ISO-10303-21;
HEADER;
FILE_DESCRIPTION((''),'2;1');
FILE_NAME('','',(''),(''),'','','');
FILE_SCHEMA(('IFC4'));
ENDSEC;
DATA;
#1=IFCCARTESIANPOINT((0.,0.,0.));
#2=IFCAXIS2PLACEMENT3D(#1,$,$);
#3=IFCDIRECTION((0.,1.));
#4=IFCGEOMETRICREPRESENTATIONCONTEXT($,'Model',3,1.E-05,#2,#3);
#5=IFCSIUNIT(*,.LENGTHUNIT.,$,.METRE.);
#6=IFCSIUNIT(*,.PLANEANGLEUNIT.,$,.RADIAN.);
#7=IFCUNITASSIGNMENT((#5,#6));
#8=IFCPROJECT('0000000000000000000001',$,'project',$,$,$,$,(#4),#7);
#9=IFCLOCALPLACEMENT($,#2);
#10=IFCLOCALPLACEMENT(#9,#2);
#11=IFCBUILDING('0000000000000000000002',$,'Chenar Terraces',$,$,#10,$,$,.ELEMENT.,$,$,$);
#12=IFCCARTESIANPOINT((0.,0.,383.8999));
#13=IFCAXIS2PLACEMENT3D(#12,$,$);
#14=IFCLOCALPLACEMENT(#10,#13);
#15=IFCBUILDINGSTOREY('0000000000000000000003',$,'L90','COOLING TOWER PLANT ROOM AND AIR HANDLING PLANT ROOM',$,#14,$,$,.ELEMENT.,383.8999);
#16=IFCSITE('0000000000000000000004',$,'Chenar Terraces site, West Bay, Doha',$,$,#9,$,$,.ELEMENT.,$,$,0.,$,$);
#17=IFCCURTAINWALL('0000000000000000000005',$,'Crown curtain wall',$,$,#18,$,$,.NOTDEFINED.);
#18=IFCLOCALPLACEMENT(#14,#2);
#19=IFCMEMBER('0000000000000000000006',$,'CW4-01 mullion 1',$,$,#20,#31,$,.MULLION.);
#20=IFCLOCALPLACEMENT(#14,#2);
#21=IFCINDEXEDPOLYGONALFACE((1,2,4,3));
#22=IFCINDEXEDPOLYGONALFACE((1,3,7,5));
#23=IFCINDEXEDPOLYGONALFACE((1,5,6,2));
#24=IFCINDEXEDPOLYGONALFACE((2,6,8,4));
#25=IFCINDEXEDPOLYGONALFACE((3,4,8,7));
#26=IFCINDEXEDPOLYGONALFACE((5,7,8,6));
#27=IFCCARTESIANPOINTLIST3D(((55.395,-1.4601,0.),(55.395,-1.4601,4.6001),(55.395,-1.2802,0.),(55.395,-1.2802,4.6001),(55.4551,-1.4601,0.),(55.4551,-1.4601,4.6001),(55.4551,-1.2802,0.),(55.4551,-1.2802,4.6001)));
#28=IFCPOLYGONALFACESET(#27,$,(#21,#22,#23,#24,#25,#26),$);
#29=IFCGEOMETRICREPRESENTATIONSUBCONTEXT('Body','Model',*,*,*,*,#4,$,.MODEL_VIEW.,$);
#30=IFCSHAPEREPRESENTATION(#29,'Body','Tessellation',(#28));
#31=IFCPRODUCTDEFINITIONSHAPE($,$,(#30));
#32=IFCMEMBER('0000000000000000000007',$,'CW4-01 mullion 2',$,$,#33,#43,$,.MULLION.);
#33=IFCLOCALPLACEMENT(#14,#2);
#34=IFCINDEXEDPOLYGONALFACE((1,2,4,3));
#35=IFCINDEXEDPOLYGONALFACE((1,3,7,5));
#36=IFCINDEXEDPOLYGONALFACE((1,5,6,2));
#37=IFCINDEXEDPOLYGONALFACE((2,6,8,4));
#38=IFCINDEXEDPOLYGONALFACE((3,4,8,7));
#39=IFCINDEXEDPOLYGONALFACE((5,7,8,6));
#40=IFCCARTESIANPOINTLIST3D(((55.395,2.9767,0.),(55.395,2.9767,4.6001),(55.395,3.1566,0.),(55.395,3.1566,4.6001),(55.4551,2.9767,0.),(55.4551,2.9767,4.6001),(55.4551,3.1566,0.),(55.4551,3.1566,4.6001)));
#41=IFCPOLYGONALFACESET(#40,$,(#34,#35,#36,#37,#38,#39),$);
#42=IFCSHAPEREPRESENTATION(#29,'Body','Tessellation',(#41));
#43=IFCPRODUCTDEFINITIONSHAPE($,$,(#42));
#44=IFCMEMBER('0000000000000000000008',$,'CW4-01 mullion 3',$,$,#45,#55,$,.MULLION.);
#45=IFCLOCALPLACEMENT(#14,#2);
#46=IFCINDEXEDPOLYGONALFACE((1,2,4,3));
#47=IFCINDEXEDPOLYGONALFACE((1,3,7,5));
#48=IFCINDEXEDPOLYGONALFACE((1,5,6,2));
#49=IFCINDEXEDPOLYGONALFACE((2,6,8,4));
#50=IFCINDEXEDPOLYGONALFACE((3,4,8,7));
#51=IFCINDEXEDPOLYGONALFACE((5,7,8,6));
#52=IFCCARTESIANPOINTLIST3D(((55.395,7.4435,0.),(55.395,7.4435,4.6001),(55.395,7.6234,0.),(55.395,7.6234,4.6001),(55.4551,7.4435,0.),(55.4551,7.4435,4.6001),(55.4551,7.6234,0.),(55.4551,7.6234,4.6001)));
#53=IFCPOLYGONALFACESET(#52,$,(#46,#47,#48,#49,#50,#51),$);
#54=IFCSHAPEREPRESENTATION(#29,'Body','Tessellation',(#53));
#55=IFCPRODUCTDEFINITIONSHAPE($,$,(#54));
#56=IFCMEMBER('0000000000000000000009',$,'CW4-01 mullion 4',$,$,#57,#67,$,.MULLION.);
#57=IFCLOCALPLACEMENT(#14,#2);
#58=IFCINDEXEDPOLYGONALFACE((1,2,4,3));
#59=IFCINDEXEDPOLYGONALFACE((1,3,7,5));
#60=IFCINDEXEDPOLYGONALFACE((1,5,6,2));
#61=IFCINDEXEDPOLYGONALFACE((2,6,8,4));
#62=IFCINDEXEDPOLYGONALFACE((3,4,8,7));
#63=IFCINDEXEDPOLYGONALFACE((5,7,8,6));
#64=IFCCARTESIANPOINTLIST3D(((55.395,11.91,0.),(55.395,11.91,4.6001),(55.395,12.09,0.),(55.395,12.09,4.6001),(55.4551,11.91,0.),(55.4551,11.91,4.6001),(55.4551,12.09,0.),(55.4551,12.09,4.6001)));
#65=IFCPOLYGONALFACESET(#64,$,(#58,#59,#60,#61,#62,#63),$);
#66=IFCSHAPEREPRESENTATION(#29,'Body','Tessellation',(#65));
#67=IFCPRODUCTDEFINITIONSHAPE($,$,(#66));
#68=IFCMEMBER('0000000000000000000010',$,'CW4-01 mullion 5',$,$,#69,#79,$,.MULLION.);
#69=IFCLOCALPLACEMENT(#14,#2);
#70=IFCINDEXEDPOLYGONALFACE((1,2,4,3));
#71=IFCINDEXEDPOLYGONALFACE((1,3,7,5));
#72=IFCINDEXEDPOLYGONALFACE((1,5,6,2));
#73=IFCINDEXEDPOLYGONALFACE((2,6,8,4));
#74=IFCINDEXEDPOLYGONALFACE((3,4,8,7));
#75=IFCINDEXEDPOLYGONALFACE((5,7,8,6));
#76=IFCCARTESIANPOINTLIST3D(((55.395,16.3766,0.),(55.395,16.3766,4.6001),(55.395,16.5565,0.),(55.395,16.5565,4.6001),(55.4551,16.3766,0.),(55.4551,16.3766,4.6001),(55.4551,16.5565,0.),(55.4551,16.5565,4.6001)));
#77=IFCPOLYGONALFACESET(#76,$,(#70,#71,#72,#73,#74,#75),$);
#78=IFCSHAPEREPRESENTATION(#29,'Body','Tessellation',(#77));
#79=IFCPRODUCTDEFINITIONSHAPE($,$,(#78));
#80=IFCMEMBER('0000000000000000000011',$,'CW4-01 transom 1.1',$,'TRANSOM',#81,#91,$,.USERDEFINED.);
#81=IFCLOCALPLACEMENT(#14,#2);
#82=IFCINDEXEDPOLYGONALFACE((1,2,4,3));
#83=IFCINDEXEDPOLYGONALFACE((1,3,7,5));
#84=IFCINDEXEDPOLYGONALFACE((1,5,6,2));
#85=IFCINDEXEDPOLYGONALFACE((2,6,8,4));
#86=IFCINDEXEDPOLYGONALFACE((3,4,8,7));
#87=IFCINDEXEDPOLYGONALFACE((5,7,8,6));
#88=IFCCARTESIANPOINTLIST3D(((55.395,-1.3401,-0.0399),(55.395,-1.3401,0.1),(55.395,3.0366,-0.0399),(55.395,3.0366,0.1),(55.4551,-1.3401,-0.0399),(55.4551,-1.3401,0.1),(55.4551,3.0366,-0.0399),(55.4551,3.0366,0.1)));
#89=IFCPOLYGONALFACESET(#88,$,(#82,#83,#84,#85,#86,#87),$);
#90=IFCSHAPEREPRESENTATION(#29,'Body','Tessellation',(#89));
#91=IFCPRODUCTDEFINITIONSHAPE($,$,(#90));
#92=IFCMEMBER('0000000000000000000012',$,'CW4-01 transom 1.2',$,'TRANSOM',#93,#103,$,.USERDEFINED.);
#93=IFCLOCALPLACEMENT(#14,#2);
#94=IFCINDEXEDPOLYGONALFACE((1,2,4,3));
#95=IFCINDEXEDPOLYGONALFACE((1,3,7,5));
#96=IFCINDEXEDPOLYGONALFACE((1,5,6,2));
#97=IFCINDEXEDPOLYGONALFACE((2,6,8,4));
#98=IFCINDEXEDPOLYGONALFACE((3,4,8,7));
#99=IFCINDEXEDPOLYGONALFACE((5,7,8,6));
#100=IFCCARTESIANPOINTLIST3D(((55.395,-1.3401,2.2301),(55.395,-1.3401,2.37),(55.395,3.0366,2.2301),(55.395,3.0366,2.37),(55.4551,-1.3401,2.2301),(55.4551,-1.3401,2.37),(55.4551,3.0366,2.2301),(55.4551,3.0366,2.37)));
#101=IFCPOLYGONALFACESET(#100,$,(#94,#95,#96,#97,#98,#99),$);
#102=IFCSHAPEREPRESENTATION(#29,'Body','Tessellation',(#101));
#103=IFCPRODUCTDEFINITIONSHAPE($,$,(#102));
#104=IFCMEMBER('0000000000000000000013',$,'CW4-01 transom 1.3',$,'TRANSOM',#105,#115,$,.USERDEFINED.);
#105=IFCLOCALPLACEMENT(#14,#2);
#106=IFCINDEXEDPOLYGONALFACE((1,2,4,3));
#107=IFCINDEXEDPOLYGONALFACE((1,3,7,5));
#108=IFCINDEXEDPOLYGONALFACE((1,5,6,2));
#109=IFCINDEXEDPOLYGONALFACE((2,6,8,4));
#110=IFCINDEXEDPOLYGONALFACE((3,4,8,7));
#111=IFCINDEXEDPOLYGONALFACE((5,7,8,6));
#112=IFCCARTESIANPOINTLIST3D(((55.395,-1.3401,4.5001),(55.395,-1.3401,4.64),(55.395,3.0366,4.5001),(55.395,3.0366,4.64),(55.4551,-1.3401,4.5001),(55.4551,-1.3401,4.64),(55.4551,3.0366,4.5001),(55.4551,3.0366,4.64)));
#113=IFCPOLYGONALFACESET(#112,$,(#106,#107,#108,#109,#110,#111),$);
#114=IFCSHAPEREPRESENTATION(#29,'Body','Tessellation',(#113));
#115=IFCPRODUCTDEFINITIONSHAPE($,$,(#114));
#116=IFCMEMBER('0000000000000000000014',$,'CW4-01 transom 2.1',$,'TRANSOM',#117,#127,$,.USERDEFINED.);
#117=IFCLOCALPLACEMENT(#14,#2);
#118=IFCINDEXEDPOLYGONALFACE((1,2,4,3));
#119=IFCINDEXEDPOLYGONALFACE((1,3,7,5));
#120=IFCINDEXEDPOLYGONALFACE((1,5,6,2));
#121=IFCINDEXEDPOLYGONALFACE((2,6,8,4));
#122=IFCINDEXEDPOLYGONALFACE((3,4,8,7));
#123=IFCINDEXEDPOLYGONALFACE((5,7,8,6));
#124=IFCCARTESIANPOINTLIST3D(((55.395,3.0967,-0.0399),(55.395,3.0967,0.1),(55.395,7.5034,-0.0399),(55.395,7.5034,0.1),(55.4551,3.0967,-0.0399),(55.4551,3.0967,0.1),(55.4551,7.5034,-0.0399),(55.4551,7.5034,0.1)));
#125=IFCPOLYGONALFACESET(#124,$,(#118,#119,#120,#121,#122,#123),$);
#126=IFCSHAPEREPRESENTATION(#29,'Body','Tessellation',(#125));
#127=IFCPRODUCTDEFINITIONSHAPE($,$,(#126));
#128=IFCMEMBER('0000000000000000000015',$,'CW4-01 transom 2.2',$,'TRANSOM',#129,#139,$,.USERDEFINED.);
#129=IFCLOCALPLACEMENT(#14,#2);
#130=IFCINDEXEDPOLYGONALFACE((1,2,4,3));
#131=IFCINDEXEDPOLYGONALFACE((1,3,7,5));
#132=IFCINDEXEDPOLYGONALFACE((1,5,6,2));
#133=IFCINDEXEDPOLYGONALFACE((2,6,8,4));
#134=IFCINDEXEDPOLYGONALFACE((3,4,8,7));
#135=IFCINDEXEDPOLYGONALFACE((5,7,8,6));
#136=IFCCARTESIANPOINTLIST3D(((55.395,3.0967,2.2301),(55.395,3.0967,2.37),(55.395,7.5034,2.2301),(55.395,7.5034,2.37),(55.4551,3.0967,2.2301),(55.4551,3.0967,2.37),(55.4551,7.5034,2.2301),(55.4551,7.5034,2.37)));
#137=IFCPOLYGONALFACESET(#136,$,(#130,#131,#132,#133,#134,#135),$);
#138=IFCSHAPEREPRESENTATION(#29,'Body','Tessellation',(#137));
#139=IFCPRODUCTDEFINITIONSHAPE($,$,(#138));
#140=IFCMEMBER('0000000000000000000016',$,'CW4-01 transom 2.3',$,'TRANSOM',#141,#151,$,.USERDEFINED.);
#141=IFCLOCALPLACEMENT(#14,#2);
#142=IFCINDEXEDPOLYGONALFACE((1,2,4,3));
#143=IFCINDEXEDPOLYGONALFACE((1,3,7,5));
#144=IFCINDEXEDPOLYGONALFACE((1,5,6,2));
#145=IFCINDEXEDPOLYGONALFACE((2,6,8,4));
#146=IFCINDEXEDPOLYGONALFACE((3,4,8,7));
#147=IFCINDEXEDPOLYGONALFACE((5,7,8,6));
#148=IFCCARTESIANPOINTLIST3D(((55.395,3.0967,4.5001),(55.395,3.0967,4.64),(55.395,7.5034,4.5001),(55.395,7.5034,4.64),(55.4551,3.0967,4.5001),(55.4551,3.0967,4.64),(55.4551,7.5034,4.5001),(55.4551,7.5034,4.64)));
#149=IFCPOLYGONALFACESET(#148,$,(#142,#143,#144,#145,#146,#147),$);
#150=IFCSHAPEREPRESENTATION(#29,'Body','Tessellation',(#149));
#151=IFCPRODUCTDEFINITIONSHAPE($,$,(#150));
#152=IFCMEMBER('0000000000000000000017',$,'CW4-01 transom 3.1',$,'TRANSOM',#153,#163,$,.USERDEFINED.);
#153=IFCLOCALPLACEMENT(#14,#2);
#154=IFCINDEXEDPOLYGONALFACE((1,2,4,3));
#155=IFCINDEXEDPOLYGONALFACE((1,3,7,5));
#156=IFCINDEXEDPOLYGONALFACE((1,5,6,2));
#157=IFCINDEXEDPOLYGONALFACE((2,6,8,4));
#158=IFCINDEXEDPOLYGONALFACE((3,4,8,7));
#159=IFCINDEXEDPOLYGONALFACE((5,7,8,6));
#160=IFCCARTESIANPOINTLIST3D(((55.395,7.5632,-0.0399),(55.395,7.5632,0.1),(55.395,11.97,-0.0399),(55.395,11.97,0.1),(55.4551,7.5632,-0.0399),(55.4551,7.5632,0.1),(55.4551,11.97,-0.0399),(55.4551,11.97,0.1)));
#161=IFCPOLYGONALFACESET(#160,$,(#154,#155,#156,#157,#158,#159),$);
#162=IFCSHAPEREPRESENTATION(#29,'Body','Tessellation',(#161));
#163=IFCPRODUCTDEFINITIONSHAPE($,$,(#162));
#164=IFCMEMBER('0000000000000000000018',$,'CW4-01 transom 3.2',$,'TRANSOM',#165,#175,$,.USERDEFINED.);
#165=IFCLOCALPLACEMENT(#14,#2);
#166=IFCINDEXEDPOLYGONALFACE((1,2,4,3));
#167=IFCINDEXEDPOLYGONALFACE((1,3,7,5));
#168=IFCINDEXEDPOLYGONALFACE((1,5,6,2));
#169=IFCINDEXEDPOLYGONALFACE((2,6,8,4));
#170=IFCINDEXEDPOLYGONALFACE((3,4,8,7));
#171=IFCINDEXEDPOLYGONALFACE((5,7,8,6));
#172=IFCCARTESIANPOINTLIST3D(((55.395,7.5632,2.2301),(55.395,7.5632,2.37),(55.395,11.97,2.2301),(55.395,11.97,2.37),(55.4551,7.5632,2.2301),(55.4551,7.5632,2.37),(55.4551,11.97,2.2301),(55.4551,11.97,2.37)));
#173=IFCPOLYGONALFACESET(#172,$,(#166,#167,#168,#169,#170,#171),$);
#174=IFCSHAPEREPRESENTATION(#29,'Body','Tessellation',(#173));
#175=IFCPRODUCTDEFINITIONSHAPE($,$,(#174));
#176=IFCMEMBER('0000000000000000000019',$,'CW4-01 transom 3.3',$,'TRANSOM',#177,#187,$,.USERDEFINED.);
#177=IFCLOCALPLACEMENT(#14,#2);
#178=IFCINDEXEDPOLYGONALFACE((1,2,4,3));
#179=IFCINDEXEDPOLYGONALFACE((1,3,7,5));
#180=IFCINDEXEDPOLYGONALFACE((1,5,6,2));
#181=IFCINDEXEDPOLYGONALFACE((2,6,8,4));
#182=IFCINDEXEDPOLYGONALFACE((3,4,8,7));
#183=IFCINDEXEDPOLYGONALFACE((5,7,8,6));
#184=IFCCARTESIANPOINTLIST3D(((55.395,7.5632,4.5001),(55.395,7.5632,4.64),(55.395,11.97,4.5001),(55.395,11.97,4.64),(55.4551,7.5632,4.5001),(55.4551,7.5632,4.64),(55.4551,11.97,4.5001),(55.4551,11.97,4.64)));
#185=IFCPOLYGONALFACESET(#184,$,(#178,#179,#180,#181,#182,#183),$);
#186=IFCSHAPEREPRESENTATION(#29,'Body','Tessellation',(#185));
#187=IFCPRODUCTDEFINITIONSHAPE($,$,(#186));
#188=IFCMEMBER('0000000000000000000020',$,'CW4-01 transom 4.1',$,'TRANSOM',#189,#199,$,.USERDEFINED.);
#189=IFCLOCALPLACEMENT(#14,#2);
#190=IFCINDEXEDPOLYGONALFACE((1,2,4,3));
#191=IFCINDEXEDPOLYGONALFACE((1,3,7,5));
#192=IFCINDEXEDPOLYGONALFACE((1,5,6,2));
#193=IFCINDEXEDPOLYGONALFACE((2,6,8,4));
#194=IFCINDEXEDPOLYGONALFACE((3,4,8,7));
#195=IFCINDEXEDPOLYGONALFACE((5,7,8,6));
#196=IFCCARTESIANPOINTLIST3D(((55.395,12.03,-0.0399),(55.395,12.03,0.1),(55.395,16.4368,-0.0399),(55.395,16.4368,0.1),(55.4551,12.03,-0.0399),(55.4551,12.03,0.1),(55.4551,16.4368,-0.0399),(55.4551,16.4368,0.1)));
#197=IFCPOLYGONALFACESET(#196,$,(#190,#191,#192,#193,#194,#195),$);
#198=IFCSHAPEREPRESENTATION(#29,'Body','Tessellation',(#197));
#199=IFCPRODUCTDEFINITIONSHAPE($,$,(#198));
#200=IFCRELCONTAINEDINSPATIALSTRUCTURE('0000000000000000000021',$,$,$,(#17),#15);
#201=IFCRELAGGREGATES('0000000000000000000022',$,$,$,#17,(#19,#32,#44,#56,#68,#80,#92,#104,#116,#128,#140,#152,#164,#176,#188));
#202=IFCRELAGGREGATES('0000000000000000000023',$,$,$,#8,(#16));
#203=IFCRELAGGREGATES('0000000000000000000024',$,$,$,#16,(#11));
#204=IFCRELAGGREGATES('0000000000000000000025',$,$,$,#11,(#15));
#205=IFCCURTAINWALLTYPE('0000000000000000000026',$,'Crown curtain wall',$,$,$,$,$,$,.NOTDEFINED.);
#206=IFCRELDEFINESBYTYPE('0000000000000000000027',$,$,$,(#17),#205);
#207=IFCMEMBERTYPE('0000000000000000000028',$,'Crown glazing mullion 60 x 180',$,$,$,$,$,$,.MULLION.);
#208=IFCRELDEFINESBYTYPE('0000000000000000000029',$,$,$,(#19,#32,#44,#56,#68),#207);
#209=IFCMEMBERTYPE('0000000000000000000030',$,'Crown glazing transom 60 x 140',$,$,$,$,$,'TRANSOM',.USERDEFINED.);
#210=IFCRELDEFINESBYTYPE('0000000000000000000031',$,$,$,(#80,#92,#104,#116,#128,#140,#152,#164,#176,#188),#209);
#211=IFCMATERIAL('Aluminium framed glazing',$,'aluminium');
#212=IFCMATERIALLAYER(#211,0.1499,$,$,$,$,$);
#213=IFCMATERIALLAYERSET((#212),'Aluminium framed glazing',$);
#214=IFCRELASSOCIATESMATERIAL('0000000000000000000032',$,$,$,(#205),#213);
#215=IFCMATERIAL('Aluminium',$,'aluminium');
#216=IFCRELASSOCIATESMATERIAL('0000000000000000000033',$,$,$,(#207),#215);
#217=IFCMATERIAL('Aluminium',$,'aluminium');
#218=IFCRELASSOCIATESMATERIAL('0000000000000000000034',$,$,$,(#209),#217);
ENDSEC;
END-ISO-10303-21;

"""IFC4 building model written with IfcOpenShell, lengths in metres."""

from ifc_helpers import new_model, si_unit, direction, frame, origin, origin_2d, place, context, subcontext, project, spatial, rectangle, extrude, material, layer, layer_set, material_profile, profile_set, type_object, element, aggregate, save


model = new_model("IFC4")

# Units and contexts
model_context = context("Model", 3, precision=1e-05, world=origin(), true_north=direction((0.0, 1.0)))
body_context = subcontext(model_context, "Body", "Model", "MODEL_VIEW")
ifc_project = project(units=[si_unit("LENGTHUNIT", "METRE"), si_unit("PLANEANGLEUNIT", "RADIAN")], contexts=[model_context])

# Site, building, storey
site_placement = place(None, origin())
site = spatial("IfcSite", under=ifc_project, at=site_placement, Name="Chenar Terraces site, West Bay, Doha", CompositionType="ELEMENT", RefElevation=0.0)
building_placement = place(site_placement, origin())
building = spatial("IfcBuilding", under=site, at=building_placement, Name="Chenar Terraces", CompositionType="ELEMENT")
storey_placement = place(building_placement, frame((0.0, 0.0, 383.8999)))
storey = spatial("IfcBuildingStorey", under=building, at=storey_placement, Name="L90", Description="COOLING TOWER PLANT ROOM AND AIR HANDLING PLANT ROOM", CompositionType="ELEMENT", Elevation=383.8999)

# Curtain wall, members
ifc_material_1 = material(Name="Aluminium framed glazing", Category="aluminium")
ifc_layer_1 = layer(ifc_material_1, 0.1499)
ifc_layer_set_1 = layer_set([ifc_layer_1], Name="Aluminium framed glazing")
curtain_wall_type = type_object("IfcCurtainWallType", Name="Crown curtain wall", PredefinedType="NOTDEFINED", material=ifc_layer_set_1)
curtain_wall_placement = place(storey_placement, origin())
curtain_wall = element("IfcCurtainWall", 1, at=curtain_wall_placement, inside=storey, type_object=curtain_wall_type, Name="Crown curtain wall", PredefinedType="NOTDEFINED")
ifc_material_2 = material(Name="Aluminium", Category="aluminium")
ifc_material_profile_1 = material_profile(ifc_material_2, rectangle(XDim=0.0601, YDim=0.1799, at=origin_2d()), Name="Crown glazing mullion 60 x 180")
ifc_profile_set_1 = profile_set([ifc_material_profile_1], Name="Aluminium")
member_type_1 = type_object("IfcMemberType", Name="Crown glazing mullion 60 x 180", PredefinedType="MULLION", material=ifc_profile_set_1)
member_1_placement = place(storey_placement, frame((55.425, -1.3701, 0.0), z_axis=(0.0, 0.0, 1.0), x_axis=(-1.0, 0.0, 0.0)))
member_1 = element("IfcMember", 2, at=member_1_placement, type_object=member_type_1, Name="CW4-01 mullion 1", PredefinedType="MULLION", context=body_context, shape_type="SweptSolid", body=[
    extrude(rectangle(XDim=0.0601, YDim=0.1799, at=origin_2d()), origin(), (0.0, 0.0, 1.0), 4.6001),
])
member_2_placement = place(storey_placement, frame((55.425, 3.0667, 0.0), z_axis=(0.0, 0.0, 1.0), x_axis=(-1.0, 0.0, 0.0)))
member_2 = element("IfcMember", 3, at=member_2_placement, type_object=member_type_1, Name="CW4-01 mullion 2", PredefinedType="MULLION", context=body_context, shape_type="SweptSolid", body=[
    extrude(rectangle(XDim=0.0601, YDim=0.1799, at=origin_2d()), origin(), (0.0, 0.0, 1.0), 4.6001),
])
member_3_placement = place(storey_placement, frame((55.425, 7.5334, 0.0), z_axis=(0.0, 0.0, 1.0), x_axis=(-1.0, 0.0, 0.0)))
member_3 = element("IfcMember", 4, at=member_3_placement, type_object=member_type_1, Name="CW4-01 mullion 3", PredefinedType="MULLION", context=body_context, shape_type="SweptSolid", body=[
    extrude(rectangle(XDim=0.0601, YDim=0.1799, at=origin_2d()), origin(), (0.0, 0.0, 1.0), 4.6001),
])
member_4_placement = place(storey_placement, frame((55.425, 12.0, 0.0), z_axis=(0.0, 0.0, 1.0), x_axis=(-1.0, 0.0, 0.0)))
member_4 = element("IfcMember", 5, at=member_4_placement, type_object=member_type_1, Name="CW4-01 mullion 4", PredefinedType="MULLION", context=body_context, shape_type="SweptSolid", body=[
    extrude(rectangle(XDim=0.0601, YDim=0.1799, at=origin_2d()), origin(), (0.0, 0.0, 1.0), 4.6001),
])
member_5_placement = place(storey_placement, frame((55.425, 16.4666, 0.0), z_axis=(0.0, 0.0, 1.0), x_axis=(-1.0, 0.0, 0.0)))
member_5 = element("IfcMember", 6, at=member_5_placement, type_object=member_type_1, Name="CW4-01 mullion 5", PredefinedType="MULLION", context=body_context, shape_type="SweptSolid", body=[
    extrude(rectangle(XDim=0.0601, YDim=0.1799, at=origin_2d()), origin(), (0.0, 0.0, 1.0), 4.6001),
])
ifc_material_3 = material(Name="Aluminium", Category="aluminium")
ifc_material_profile_2 = material_profile(ifc_material_3, rectangle(XDim=0.0601, YDim=0.1399, at=origin_2d()), Name="Crown glazing transom 60 x 140")
ifc_profile_set_2 = profile_set([ifc_material_profile_2], Name="Aluminium")
member_type_2 = type_object("IfcMemberType", Name="Crown glazing transom 60 x 140", ElementType="TRANSOM", PredefinedType="USERDEFINED", material=ifc_profile_set_2)
member_6_placement = place(storey_placement, frame((55.425, -1.3401, 0.03), z_axis=(0.0, 1.0, 0.0), x_axis=(-1.0, 0.0, 0.0)))
member_6 = element("IfcMember", 7, at=member_6_placement, type_object=member_type_2, Name="CW4-01 transom 1.1", ObjectType="TRANSOM", PredefinedType="USERDEFINED", context=body_context, shape_type="SweptSolid", body=[
    extrude(rectangle(XDim=0.0601, YDim=0.1399, at=origin_2d()), origin(), (0.0, 0.0, 1.0), 4.3767),
])
member_7_placement = place(storey_placement, frame((55.425, -1.3401, 2.3), z_axis=(0.0, 1.0, 0.0), x_axis=(-1.0, 0.0, 0.0)))
member_7 = element("IfcMember", 8, at=member_7_placement, type_object=member_type_2, Name="CW4-01 transom 1.2", ObjectType="TRANSOM", PredefinedType="USERDEFINED", context=body_context, shape_type="SweptSolid", body=[
    extrude(rectangle(XDim=0.0601, YDim=0.1399, at=origin_2d()), origin(), (0.0, 0.0, 1.0), 4.3767),
])
member_8_placement = place(storey_placement, frame((55.425, -1.3401, 4.5701), z_axis=(0.0, 1.0, 0.0), x_axis=(-1.0, 0.0, 0.0)))
member_8 = element("IfcMember", 9, at=member_8_placement, type_object=member_type_2, Name="CW4-01 transom 1.3", ObjectType="TRANSOM", PredefinedType="USERDEFINED", context=body_context, shape_type="SweptSolid", body=[
    extrude(rectangle(XDim=0.0601, YDim=0.1399, at=origin_2d()), origin(), (0.0, 0.0, 1.0), 4.3767),
])
member_9_placement = place(storey_placement, frame((55.425, 3.0967, 0.03), z_axis=(0.0, 1.0, 0.0), x_axis=(-1.0, 0.0, 0.0)))
member_9 = element("IfcMember", 10, at=member_9_placement, type_object=member_type_2, Name="CW4-01 transom 2.1", ObjectType="TRANSOM", PredefinedType="USERDEFINED", context=body_context, shape_type="SweptSolid", body=[
    extrude(rectangle(XDim=0.0601, YDim=0.1399, at=origin_2d()), origin(), (0.0, 0.0, 1.0), 4.4067),
])
member_10_placement = place(storey_placement, frame((55.425, 3.0967, 2.3), z_axis=(0.0, 1.0, 0.0), x_axis=(-1.0, 0.0, 0.0)))
member_10 = element("IfcMember", 11, at=member_10_placement, type_object=member_type_2, Name="CW4-01 transom 2.2", ObjectType="TRANSOM", PredefinedType="USERDEFINED", context=body_context, shape_type="SweptSolid", body=[
    extrude(rectangle(XDim=0.0601, YDim=0.1399, at=origin_2d()), origin(), (0.0, 0.0, 1.0), 4.4067),
])
member_11_placement = place(storey_placement, frame((55.425, 3.0967, 4.5701), z_axis=(0.0, 1.0, 0.0), x_axis=(-1.0, 0.0, 0.0)))
member_11 = element("IfcMember", 12, at=member_11_placement, type_object=member_type_2, Name="CW4-01 transom 2.3", ObjectType="TRANSOM", PredefinedType="USERDEFINED", context=body_context, shape_type="SweptSolid", body=[
    extrude(rectangle(XDim=0.0601, YDim=0.1399, at=origin_2d()), origin(), (0.0, 0.0, 1.0), 4.4067),
])
member_12_placement = place(storey_placement, frame((55.425, 7.5632, 0.03), z_axis=(0.0, 1.0, 0.0), x_axis=(-1.0, 0.0, 0.0)))
member_12 = element("IfcMember", 13, at=member_12_placement, type_object=member_type_2, Name="CW4-01 transom 3.1", ObjectType="TRANSOM", PredefinedType="USERDEFINED", context=body_context, shape_type="SweptSolid", body=[
    extrude(rectangle(XDim=0.0601, YDim=0.1399, at=origin_2d()), origin(), (0.0, 0.0, 1.0), 4.4067),
])
member_13_placement = place(storey_placement, frame((55.425, 7.5632, 2.3), z_axis=(0.0, 1.0, 0.0), x_axis=(-1.0, 0.0, 0.0)))
member_13 = element("IfcMember", 14, at=member_13_placement, type_object=member_type_2, Name="CW4-01 transom 3.2", ObjectType="TRANSOM", PredefinedType="USERDEFINED", context=body_context, shape_type="SweptSolid", body=[
    extrude(rectangle(XDim=0.0601, YDim=0.1399, at=origin_2d()), origin(), (0.0, 0.0, 1.0), 4.4067),
])
member_14_placement = place(storey_placement, frame((55.425, 7.5632, 4.5701), z_axis=(0.0, 1.0, 0.0), x_axis=(-1.0, 0.0, 0.0)))
member_14 = element("IfcMember", 15, at=member_14_placement, type_object=member_type_2, Name="CW4-01 transom 3.3", ObjectType="TRANSOM", PredefinedType="USERDEFINED", context=body_context, shape_type="SweptSolid", body=[
    extrude(rectangle(XDim=0.0601, YDim=0.1399, at=origin_2d()), origin(), (0.0, 0.0, 1.0), 4.4067),
])
member_15_placement = place(storey_placement, frame((55.425, 12.03, 0.03), z_axis=(0.0, 1.0, 0.0), x_axis=(-1.0, 0.0, 0.0)))
member_15 = element("IfcMember", 16, at=member_15_placement, type_object=member_type_2, Name="CW4-01 transom 4.1", ObjectType="TRANSOM", PredefinedType="USERDEFINED", context=body_context, shape_type="SweptSolid", body=[
    extrude(rectangle(XDim=0.0601, YDim=0.1399, at=origin_2d()), origin(), (0.0, 0.0, 1.0), 4.4067),
])
aggregate(curtain_wall, [member_1, member_2, member_3, member_4, member_5, member_6, member_7, member_8, member_9, member_10, member_11, member_12, member_13, member_14, member_15])

save(model, "model.ifc")
